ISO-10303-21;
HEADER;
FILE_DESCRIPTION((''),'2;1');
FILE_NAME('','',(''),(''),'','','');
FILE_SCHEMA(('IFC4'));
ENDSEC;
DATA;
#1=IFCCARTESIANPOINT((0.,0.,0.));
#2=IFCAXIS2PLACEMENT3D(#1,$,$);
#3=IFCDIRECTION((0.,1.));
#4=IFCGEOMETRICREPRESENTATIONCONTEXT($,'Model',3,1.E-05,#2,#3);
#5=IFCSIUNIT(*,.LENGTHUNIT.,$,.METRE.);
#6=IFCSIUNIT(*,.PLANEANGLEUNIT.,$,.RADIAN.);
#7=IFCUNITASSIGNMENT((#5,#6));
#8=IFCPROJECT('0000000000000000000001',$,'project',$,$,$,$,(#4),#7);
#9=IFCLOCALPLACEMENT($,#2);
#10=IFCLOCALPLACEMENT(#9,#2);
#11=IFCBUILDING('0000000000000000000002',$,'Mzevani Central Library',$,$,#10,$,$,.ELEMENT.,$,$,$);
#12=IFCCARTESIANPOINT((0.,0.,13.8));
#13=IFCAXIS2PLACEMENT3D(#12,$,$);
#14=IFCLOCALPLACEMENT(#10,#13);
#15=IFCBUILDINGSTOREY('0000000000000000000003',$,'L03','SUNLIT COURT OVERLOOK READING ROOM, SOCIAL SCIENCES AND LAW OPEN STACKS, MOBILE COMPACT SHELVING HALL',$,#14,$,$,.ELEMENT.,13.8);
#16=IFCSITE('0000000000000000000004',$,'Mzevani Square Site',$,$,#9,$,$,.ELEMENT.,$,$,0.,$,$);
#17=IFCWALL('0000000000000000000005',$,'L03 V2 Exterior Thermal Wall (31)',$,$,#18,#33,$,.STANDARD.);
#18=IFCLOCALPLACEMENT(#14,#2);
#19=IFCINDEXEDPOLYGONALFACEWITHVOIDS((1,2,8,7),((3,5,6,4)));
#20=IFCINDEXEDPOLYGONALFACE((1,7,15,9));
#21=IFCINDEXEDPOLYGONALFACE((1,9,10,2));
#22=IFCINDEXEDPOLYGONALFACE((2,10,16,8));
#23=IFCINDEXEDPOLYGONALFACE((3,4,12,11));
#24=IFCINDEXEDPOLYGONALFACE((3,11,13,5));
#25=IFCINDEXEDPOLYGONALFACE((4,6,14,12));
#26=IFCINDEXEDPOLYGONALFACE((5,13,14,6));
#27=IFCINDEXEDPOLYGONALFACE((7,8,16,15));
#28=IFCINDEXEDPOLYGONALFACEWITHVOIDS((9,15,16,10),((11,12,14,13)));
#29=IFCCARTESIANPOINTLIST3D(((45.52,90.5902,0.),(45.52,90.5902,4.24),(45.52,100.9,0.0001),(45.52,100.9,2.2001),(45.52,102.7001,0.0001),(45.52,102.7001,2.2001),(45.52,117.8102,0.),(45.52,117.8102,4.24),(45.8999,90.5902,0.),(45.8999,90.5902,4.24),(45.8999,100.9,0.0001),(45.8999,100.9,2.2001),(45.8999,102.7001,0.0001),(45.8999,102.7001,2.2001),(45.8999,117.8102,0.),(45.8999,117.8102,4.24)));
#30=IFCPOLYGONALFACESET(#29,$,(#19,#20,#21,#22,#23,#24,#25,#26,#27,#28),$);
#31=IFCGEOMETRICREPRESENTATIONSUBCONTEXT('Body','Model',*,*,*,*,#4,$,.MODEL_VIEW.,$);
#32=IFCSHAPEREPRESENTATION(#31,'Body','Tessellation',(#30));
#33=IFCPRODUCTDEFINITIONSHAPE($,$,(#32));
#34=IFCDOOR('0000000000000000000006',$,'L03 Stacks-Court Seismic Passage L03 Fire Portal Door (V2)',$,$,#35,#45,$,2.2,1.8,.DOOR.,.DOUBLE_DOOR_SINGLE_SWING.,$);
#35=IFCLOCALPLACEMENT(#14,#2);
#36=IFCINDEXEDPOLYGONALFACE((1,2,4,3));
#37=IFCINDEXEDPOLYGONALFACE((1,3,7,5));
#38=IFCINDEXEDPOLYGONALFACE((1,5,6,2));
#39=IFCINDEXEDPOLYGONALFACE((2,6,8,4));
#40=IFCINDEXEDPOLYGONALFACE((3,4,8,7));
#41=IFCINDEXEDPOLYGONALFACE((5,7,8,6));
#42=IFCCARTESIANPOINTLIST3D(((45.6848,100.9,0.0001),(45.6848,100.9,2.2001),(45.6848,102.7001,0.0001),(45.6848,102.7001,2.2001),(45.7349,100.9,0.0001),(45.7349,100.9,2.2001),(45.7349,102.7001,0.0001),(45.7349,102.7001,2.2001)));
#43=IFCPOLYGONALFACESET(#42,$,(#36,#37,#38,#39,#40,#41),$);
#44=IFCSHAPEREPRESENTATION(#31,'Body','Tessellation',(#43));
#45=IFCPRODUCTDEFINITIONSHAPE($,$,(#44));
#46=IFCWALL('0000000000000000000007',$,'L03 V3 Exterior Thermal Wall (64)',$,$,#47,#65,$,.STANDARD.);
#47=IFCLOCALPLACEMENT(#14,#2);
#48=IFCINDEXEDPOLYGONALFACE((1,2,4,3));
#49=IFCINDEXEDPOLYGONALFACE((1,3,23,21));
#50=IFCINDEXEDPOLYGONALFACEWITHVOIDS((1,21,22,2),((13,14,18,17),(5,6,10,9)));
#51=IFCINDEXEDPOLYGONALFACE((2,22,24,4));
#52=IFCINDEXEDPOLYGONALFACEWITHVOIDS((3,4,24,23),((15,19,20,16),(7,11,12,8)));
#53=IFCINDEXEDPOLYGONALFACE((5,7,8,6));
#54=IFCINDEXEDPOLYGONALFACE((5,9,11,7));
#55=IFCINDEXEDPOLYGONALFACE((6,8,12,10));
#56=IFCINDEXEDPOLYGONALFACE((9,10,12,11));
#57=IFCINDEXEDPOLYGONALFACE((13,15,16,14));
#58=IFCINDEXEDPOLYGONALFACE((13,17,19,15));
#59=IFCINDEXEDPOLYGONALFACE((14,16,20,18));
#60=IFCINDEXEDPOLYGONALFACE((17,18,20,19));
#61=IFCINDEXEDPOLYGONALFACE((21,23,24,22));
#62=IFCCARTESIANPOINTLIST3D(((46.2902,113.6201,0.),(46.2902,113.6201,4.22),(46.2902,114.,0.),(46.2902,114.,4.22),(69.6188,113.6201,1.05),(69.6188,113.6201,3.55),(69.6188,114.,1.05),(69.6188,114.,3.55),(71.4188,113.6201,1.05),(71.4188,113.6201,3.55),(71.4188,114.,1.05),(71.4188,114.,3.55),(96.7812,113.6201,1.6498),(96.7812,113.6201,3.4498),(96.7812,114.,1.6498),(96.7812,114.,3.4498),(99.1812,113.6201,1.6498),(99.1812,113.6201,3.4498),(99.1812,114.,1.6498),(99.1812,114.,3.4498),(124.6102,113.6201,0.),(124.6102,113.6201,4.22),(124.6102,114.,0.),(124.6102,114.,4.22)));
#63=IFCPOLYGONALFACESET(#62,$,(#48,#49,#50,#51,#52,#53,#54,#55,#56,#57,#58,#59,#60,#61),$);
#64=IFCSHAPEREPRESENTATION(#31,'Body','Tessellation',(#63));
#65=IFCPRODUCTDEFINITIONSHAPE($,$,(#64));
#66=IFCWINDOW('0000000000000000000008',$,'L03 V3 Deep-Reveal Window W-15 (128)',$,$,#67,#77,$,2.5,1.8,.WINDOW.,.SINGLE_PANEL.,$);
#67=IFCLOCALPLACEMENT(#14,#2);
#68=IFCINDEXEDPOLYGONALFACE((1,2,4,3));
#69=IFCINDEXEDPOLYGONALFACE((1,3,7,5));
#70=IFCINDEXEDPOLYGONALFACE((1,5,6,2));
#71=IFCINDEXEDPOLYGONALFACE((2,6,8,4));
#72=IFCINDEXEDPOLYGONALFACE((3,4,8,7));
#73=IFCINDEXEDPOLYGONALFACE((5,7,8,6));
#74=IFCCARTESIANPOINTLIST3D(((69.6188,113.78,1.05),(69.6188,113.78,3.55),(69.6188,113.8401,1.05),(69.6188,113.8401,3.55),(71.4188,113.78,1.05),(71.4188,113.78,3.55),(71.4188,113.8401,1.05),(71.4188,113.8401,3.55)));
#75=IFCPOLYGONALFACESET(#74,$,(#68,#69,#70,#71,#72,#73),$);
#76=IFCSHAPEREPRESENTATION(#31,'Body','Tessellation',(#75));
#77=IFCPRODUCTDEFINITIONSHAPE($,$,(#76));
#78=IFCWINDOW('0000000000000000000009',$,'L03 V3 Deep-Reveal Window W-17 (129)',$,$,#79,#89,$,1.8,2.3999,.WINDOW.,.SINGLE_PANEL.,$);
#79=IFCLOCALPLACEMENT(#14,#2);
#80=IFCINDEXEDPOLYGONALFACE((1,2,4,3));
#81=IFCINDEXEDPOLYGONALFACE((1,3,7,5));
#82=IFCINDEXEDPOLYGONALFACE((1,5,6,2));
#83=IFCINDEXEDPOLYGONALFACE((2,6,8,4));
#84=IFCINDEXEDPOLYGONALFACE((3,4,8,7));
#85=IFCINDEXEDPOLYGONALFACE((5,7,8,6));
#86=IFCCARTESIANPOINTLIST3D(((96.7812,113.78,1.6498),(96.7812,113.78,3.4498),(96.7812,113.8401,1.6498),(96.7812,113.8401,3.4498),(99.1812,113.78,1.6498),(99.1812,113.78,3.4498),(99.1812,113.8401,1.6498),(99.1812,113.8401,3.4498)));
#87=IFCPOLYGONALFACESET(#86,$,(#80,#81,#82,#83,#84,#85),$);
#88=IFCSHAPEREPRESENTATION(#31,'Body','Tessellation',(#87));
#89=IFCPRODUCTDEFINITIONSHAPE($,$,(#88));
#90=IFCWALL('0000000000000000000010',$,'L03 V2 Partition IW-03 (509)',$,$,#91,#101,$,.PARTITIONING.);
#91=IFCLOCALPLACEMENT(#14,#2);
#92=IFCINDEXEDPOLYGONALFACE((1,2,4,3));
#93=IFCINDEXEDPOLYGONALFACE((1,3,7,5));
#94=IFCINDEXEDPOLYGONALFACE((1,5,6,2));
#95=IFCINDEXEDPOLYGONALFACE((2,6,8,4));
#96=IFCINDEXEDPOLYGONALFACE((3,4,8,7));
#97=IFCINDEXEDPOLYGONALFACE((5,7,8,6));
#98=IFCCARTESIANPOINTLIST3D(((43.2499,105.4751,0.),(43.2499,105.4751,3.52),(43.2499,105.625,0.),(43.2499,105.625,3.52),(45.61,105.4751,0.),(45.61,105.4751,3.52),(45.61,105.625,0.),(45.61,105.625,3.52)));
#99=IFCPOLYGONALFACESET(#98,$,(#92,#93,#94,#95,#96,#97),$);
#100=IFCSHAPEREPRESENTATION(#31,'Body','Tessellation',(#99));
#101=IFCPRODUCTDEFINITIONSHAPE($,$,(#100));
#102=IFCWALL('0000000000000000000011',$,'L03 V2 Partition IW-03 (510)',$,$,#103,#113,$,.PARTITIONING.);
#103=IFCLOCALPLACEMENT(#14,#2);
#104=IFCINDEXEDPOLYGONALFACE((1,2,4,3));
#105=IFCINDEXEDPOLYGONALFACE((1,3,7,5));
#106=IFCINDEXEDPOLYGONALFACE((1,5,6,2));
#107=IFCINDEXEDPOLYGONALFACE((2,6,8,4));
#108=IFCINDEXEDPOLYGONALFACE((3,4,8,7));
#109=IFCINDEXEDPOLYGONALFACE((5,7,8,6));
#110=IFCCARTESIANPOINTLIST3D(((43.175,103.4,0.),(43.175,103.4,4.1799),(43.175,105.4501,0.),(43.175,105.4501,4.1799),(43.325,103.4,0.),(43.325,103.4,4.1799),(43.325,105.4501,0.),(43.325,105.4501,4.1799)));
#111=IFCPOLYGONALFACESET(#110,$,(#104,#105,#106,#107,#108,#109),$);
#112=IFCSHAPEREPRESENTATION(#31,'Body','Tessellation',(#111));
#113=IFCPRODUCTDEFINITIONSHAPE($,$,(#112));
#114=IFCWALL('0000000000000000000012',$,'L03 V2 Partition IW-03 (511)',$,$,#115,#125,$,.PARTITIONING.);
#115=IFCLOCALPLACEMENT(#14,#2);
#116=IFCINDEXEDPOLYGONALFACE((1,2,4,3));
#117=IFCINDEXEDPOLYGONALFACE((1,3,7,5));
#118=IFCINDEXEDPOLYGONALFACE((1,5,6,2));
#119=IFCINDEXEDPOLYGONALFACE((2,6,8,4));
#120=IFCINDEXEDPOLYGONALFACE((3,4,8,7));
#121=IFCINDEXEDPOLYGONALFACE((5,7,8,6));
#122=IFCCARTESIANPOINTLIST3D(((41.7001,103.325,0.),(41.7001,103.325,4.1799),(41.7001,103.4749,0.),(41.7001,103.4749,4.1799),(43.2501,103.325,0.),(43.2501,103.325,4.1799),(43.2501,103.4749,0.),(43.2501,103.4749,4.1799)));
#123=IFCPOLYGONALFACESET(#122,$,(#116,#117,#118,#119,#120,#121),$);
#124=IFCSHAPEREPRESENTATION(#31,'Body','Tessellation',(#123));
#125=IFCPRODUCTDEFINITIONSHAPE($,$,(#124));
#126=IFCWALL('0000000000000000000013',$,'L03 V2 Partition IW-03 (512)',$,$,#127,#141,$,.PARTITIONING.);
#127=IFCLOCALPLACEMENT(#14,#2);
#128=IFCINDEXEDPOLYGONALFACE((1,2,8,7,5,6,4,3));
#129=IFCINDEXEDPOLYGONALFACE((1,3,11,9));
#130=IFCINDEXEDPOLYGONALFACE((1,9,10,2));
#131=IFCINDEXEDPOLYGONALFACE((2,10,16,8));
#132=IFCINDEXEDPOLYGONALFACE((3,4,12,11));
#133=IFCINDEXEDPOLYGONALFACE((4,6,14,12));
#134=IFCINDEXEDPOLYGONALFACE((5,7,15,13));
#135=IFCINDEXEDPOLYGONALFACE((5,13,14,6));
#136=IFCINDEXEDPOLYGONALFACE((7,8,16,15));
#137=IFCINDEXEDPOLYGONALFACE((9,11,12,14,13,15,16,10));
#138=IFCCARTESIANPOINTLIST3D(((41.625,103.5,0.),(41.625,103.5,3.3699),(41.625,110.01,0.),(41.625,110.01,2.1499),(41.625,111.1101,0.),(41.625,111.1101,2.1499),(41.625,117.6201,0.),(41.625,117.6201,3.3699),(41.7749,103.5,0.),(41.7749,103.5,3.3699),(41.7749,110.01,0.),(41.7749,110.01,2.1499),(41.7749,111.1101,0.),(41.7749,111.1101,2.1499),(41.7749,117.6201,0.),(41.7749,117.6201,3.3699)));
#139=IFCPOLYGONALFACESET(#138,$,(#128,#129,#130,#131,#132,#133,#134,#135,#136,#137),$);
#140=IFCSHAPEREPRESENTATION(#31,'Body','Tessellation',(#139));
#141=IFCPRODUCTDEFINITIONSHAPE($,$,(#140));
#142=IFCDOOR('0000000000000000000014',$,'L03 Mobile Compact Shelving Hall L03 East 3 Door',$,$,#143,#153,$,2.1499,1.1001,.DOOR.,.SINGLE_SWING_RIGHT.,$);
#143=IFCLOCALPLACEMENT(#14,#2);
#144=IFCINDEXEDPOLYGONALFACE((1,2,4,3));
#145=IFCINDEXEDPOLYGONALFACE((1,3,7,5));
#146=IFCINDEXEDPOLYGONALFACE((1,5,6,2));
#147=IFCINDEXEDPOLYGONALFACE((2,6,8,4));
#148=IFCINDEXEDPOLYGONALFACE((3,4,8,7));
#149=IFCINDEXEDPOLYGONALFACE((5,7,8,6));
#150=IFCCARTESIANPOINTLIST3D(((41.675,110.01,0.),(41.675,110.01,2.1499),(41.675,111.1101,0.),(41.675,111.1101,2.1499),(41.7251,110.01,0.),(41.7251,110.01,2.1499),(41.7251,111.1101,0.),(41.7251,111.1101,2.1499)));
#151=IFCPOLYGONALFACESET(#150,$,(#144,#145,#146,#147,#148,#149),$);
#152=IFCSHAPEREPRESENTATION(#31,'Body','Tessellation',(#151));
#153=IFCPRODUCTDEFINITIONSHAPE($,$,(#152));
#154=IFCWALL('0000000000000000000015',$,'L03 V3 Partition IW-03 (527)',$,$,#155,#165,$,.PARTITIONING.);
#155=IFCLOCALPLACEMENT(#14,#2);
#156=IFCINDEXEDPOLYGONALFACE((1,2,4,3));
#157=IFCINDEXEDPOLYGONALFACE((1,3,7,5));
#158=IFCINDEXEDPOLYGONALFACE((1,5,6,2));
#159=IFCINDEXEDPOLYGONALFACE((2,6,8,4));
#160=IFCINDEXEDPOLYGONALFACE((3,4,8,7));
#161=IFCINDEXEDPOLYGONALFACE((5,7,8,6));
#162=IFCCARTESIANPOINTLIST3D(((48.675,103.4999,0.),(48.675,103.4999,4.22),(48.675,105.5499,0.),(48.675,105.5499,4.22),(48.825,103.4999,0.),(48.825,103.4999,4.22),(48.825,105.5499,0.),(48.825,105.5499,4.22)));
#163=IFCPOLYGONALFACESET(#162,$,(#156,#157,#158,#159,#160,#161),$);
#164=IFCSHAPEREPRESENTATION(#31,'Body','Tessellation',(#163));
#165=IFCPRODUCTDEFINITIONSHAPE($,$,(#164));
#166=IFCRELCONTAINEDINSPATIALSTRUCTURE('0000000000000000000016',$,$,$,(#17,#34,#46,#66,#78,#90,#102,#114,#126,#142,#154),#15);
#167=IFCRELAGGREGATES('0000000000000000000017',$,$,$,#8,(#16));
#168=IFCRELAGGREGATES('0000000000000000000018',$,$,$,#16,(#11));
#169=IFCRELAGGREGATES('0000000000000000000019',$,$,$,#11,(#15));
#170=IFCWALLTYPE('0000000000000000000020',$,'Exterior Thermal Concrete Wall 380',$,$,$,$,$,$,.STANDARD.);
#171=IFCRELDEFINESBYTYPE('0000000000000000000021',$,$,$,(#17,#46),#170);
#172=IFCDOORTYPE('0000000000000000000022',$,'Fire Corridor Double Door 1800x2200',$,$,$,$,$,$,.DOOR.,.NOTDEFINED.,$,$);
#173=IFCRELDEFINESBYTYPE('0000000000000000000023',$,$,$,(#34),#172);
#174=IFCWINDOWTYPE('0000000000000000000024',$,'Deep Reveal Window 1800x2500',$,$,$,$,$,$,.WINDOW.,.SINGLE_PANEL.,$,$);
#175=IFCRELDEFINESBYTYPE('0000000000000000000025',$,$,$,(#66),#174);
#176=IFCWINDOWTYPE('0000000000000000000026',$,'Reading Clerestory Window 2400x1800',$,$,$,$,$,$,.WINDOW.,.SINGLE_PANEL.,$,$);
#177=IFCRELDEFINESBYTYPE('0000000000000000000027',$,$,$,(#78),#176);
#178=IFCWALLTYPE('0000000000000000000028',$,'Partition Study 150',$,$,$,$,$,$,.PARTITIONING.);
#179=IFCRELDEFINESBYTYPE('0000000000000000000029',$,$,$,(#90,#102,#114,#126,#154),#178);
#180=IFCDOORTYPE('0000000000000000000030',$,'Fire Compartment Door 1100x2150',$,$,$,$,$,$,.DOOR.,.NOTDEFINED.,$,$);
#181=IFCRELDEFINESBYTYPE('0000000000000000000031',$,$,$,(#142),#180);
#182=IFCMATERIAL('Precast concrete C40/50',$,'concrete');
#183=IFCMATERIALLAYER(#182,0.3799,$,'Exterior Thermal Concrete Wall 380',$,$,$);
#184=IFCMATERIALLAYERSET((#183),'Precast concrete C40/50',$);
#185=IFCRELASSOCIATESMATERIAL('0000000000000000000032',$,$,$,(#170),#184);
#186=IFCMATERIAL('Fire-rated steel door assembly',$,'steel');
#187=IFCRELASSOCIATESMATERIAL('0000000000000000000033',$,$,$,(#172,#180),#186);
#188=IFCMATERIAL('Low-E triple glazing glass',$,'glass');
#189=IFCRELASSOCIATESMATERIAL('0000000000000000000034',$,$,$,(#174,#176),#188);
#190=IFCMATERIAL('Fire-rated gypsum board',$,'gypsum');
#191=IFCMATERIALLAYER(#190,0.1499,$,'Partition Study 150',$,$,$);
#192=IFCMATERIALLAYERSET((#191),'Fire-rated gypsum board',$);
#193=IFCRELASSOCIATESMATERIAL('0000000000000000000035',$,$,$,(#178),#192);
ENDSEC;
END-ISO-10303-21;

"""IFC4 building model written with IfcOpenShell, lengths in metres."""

from ifc_helpers import new_model, si_unit, direction, frame, frame_2d, origin, place, context, subcontext, project, spatial, rectangle, extrude, material, layer, layer_set, type_object, element, fill, save


model = new_model("IFC4")

# Units and contexts
model_context = context("Model", 3, precision=1e-05, world=origin(), true_north=direction((0.0, 1.0)))
body_context = subcontext(model_context, "Body", "Model", "MODEL_VIEW")
ifc_project = project(units=[si_unit("LENGTHUNIT", "METRE"), si_unit("PLANEANGLEUNIT", "RADIAN")], contexts=[model_context])

# Site, building, storey
site_placement = place(None, origin())
site = spatial("IfcSite", under=ifc_project, at=site_placement, Name="Mzevani Square Site", CompositionType="ELEMENT", RefElevation=0.0)
building_placement = place(site_placement, origin())
building = spatial("IfcBuilding", under=site, at=building_placement, Name="Mzevani Central Library", CompositionType="ELEMENT")
storey_placement = place(building_placement, frame((0.0, 0.0, 13.8)))
storey = spatial("IfcBuildingStorey", under=building, at=storey_placement, Name="L03", Description="SUNLIT COURT OVERLOOK READING ROOM, SOCIAL SCIENCES AND LAW OPEN STACKS, MOBILE COMPACT SHELVING HALL", CompositionType="ELEMENT", Elevation=13.8)

# Wall, opening, door
ifc_material_1 = material(Name="Precast concrete C40/50", Category="concrete")
ifc_layer_1 = layer(ifc_material_1, 0.3799, Name="Exterior Thermal Concrete Wall 380")
ifc_layer_set_1 = layer_set([ifc_layer_1], Name="Precast concrete C40/50")
wall_type_1 = type_object("IfcWallType", Name="Exterior Thermal Concrete Wall 380", PredefinedType="STANDARD", material=ifc_layer_set_1)
wall_1_placement = place(storey_placement, frame((45.71, 117.8101, 0.0), z_axis=(0.0, 0.0, 1.0), x_axis=(0.0, -1.0, 0.0)))
wall_1 = element("IfcWall", 1, at=wall_1_placement, inside=storey, type_object=wall_type_1, Name="L03 V2 Exterior Thermal Wall (31)", PredefinedType="STANDARD", context=body_context, shape_type="SweptSolid", body=[
    extrude(rectangle(XDim=27.22, YDim=0.3799, at=frame_2d((13.6099, 0.0))), origin(), (0.0, 0.0, 1.0), 4.24),
])
opening_1_placement = place(wall_1_placement, frame((15.1101, 0.0, 0.0)))
opening_1 = element("IfcOpeningElement", 2, at=opening_1_placement, cuts=wall_1, PredefinedType="OPENING", context=body_context, shape_type="SweptSolid", body=[
    extrude(rectangle(XDim=1.8, YDim=2.2, at=frame_2d((0.8999, 1.1001))), frame((0.0, 0.2, 0.0), z_axis=(0.0, -1.0, 0.0), x_axis=(1.0, 0.0, 0.0)), (0.0, 0.0, 1.0), 0.3999),
])
ifc_material_2 = material(Name="Fire-rated steel door assembly", Category="steel")
door_type_1 = type_object("IfcDoorType", Name="Fire Corridor Double Door 1800x2200", OperationType="NOTDEFINED", PredefinedType="DOOR", material=ifc_material_2)
door_1_placement = place(opening_1_placement, origin())
door_1 = element("IfcDoor", 3, at=door_1_placement, inside=storey, type_object=door_type_1, Name="L03 Stacks-Court Seismic Passage L03 Fire Portal Door (V2)", OperationType="DOUBLE_DOOR_SINGLE_SWING", OverallHeight=2.2, OverallWidth=1.8, PredefinedType="DOOR", context=body_context, shape_type="SweptSolid", body=[
    extrude(rectangle(XDim=1.8, YDim=2.2, at=frame_2d((0.8999, 1.1001))), frame((0.0, 0.0249, 0.0), z_axis=(0.0, -1.0, 0.0), x_axis=(1.0, 0.0, 0.0)), (0.0, 0.0, 1.0), 0.05),
])
fill(opening_1, door_1)

# Wall, openings, windows
wall_2_placement = place(storey_placement, frame((46.29, 113.8101, 0.0), z_axis=(0.0, 0.0, 1.0), x_axis=(1.0, 0.0, 0.0)))
wall_2 = element("IfcWall", 4, at=wall_2_placement, inside=storey, type_object=wall_type_1, Name="L03 V3 Exterior Thermal Wall (64)", PredefinedType="STANDARD", context=body_context, shape_type="SweptSolid", body=[
    extrude(rectangle(XDim=78.3201, YDim=0.3799, at=frame_2d((39.1602, 0.0))), origin(), (0.0, 0.0, 1.0), 4.22),
])
opening_2_placement = place(wall_2_placement, frame((23.3289, 0.0, 1.05)))
opening_2 = element("IfcOpeningElement", 5, at=opening_2_placement, cuts=wall_2, PredefinedType="OPENING", context=body_context, shape_type="SweptSolid", body=[
    extrude(rectangle(XDim=1.8, YDim=2.5, at=frame_2d((0.8999, 1.25))), frame((0.0, 0.2, 0.0), z_axis=(0.0, -1.0, 0.0), x_axis=(1.0, 0.0, 0.0)), (0.0, 0.0, 1.0), 0.3999),
])
opening_3_placement = place(wall_2_placement, frame((50.4912, 0.0, 1.6499)))
opening_3 = element("IfcOpeningElement", 6, at=opening_3_placement, cuts=wall_2, PredefinedType="OPENING", context=body_context, shape_type="SweptSolid", body=[
    extrude(rectangle(XDim=2.3999, YDim=1.8, at=frame_2d((1.2, 0.8999))), frame((0.0, 0.2, 0.0), z_axis=(0.0, -1.0, 0.0), x_axis=(1.0, 0.0, 0.0)), (0.0, 0.0, 1.0), 0.3999),
])
ifc_material_3 = material(Name="Low-E triple glazing glass", Category="glass")
window_type_1 = type_object("IfcWindowType", Name="Deep Reveal Window 1800x2500", PartitioningType="SINGLE_PANEL", PredefinedType="WINDOW", material=ifc_material_3)
window_1_placement = place(opening_2_placement, origin())
window_1 = element("IfcWindow", 7, at=window_1_placement, inside=storey, type_object=window_type_1, Name="L03 V3 Deep-Reveal Window W-15 (128)", OverallHeight=2.5, OverallWidth=1.8, PartitioningType="SINGLE_PANEL", PredefinedType="WINDOW", context=body_context, shape_type="SweptSolid", body=[
    extrude(rectangle(XDim=1.8, YDim=2.5, at=frame_2d((0.8999, 1.25))), frame((0.0, 0.03, 0.0), z_axis=(0.0, -1.0, 0.0), x_axis=(1.0, 0.0, 0.0)), (0.0, 0.0, 1.0), 0.0601),
])
fill(opening_2, window_1)
window_type_2 = type_object("IfcWindowType", Name="Reading Clerestory Window 2400x1800", PartitioningType="SINGLE_PANEL", PredefinedType="WINDOW", material=ifc_material_3)
window_2_placement = place(opening_3_placement, origin())
window_2 = element("IfcWindow", 8, at=window_2_placement, inside=storey, type_object=window_type_2, Name="L03 V3 Deep-Reveal Window W-17 (129)", OverallHeight=1.8, OverallWidth=2.3999, PartitioningType="SINGLE_PANEL", PredefinedType="WINDOW", context=body_context, shape_type="SweptSolid", body=[
    extrude(rectangle(XDim=2.3999, YDim=1.8, at=frame_2d((1.2, 0.8999))), frame((0.0, 0.03, 0.0), z_axis=(0.0, -1.0, 0.0), x_axis=(1.0, 0.0, 0.0)), (0.0, 0.0, 1.0), 0.0601),
])
fill(opening_3, window_2)

# Walls
ifc_material_4 = material(Name="Fire-rated gypsum board", Category="gypsum")
ifc_layer_2 = layer(ifc_material_4, 0.1499, Name="Partition Study 150")
ifc_layer_set_2 = layer_set([ifc_layer_2], Name="Fire-rated gypsum board")
wall_type_2 = type_object("IfcWallType", Name="Partition Study 150", PredefinedType="PARTITIONING", material=ifc_layer_set_2)
wall_3_placement = place(storey_placement, frame((45.6101, 105.55, 0.0), z_axis=(0.0, 0.0, 1.0), x_axis=(-1.0, 0.0, 0.0)))
element("IfcWall", 9, at=wall_3_placement, inside=storey, type_object=wall_type_2, Name="L03 V2 Partition IW-03 (509)", PredefinedType="PARTITIONING", context=body_context, shape_type="SweptSolid", body=[
    extrude(rectangle(XDim=2.3601, YDim=0.1499, at=frame_2d((1.1802, 0.0))), origin(), (0.0, 0.0, 1.0), 3.52),
])
wall_4_placement = place(storey_placement, frame((43.25, 105.45, 0.0), z_axis=(0.0, 0.0, 1.0), x_axis=(0.0, -1.0, 0.0)))
element("IfcWall", 10, at=wall_4_placement, inside=storey, type_object=wall_type_2, Name="L03 V2 Partition IW-03 (510)", PredefinedType="PARTITIONING", context=body_context, shape_type="SweptSolid", body=[
    extrude(rectangle(XDim=2.05, YDim=0.1499, at=frame_2d((1.0249, 0.0))), origin(), (0.0, 0.0, 1.0), 4.1799),
])
wall_5_placement = place(storey_placement, frame((43.25, 103.3999, 0.0), z_axis=(0.0, 0.0, 1.0), x_axis=(-1.0, 0.0, 0.0)))
element("IfcWall", 11, at=wall_5_placement, inside=storey, type_object=wall_type_2, Name="L03 V2 Partition IW-03 (511)", PredefinedType="PARTITIONING", context=body_context, shape_type="SweptSolid", body=[
    extrude(rectangle(XDim=1.55, YDim=0.1499, at=frame_2d((0.7749, 0.0))), origin(), (0.0, 0.0, 1.0), 4.1799),
])

# Wall, opening, door
wall_6_placement = place(storey_placement, frame((41.7, 103.5, 0.0), z_axis=(0.0, 0.0, 1.0), x_axis=(0.0, 1.0, 0.0)))
wall_6 = element("IfcWall", 12, at=wall_6_placement, inside=storey, type_object=wall_type_2, Name="L03 V2 Partition IW-03 (512)", PredefinedType="PARTITIONING", context=body_context, shape_type="SweptSolid", body=[
    extrude(rectangle(XDim=14.1201, YDim=0.1499, at=frame_2d((7.0601, 0.0))), origin(), (0.0, 0.0, 1.0), 3.3699),
])
opening_4_placement = place(wall_6_placement, frame((6.51, 0.0, 0.0)))
opening_4 = element("IfcOpeningElement", 13, at=opening_4_placement, cuts=wall_6, PredefinedType="OPENING", context=body_context, shape_type="SweptSolid", body=[
    extrude(rectangle(XDim=1.1001, YDim=2.1499, at=frame_2d((0.55, 1.075))), frame((0.0, 0.085, 0.0), z_axis=(0.0, -1.0, 0.0), x_axis=(1.0, 0.0, 0.0)), (0.0, 0.0, 1.0), 0.1699),
])
door_type_2 = type_object("IfcDoorType", Name="Fire Compartment Door 1100x2150", OperationType="NOTDEFINED", PredefinedType="DOOR", material=ifc_material_2)
door_2_placement = place(opening_4_placement, origin())
door_2 = element("IfcDoor", 14, at=door_2_placement, inside=storey, type_object=door_type_2, Name="L03 Mobile Compact Shelving Hall L03 East 3 Door", OperationType="SINGLE_SWING_RIGHT", OverallHeight=2.1499, OverallWidth=1.1001, PredefinedType="DOOR", context=body_context, shape_type="SweptSolid", body=[
    extrude(rectangle(XDim=1.1001, YDim=2.1499, at=frame_2d((0.55, 1.075))), frame((0.0, 0.0249, 0.0), z_axis=(0.0, -1.0, 0.0), x_axis=(1.0, 0.0, 0.0)), (0.0, 0.0, 1.0), 0.05),
])
fill(opening_4, door_2)

# Wall
wall_7_placement = place(storey_placement, frame((48.75, 103.5, 0.0), z_axis=(0.0, 0.0, 1.0), x_axis=(0.0, 1.0, 0.0)))
element("IfcWall", 15, at=wall_7_placement, inside=storey, type_object=wall_type_2, Name="L03 V3 Partition IW-03 (527)", PredefinedType="PARTITIONING", context=body_context, shape_type="SweptSolid", body=[
    extrude(rectangle(XDim=2.05, YDim=0.1499, at=frame_2d((1.0249, 0.0))), origin(), (0.0, 0.0, 1.0), 4.22),
])

save(model, "model.ifc")
